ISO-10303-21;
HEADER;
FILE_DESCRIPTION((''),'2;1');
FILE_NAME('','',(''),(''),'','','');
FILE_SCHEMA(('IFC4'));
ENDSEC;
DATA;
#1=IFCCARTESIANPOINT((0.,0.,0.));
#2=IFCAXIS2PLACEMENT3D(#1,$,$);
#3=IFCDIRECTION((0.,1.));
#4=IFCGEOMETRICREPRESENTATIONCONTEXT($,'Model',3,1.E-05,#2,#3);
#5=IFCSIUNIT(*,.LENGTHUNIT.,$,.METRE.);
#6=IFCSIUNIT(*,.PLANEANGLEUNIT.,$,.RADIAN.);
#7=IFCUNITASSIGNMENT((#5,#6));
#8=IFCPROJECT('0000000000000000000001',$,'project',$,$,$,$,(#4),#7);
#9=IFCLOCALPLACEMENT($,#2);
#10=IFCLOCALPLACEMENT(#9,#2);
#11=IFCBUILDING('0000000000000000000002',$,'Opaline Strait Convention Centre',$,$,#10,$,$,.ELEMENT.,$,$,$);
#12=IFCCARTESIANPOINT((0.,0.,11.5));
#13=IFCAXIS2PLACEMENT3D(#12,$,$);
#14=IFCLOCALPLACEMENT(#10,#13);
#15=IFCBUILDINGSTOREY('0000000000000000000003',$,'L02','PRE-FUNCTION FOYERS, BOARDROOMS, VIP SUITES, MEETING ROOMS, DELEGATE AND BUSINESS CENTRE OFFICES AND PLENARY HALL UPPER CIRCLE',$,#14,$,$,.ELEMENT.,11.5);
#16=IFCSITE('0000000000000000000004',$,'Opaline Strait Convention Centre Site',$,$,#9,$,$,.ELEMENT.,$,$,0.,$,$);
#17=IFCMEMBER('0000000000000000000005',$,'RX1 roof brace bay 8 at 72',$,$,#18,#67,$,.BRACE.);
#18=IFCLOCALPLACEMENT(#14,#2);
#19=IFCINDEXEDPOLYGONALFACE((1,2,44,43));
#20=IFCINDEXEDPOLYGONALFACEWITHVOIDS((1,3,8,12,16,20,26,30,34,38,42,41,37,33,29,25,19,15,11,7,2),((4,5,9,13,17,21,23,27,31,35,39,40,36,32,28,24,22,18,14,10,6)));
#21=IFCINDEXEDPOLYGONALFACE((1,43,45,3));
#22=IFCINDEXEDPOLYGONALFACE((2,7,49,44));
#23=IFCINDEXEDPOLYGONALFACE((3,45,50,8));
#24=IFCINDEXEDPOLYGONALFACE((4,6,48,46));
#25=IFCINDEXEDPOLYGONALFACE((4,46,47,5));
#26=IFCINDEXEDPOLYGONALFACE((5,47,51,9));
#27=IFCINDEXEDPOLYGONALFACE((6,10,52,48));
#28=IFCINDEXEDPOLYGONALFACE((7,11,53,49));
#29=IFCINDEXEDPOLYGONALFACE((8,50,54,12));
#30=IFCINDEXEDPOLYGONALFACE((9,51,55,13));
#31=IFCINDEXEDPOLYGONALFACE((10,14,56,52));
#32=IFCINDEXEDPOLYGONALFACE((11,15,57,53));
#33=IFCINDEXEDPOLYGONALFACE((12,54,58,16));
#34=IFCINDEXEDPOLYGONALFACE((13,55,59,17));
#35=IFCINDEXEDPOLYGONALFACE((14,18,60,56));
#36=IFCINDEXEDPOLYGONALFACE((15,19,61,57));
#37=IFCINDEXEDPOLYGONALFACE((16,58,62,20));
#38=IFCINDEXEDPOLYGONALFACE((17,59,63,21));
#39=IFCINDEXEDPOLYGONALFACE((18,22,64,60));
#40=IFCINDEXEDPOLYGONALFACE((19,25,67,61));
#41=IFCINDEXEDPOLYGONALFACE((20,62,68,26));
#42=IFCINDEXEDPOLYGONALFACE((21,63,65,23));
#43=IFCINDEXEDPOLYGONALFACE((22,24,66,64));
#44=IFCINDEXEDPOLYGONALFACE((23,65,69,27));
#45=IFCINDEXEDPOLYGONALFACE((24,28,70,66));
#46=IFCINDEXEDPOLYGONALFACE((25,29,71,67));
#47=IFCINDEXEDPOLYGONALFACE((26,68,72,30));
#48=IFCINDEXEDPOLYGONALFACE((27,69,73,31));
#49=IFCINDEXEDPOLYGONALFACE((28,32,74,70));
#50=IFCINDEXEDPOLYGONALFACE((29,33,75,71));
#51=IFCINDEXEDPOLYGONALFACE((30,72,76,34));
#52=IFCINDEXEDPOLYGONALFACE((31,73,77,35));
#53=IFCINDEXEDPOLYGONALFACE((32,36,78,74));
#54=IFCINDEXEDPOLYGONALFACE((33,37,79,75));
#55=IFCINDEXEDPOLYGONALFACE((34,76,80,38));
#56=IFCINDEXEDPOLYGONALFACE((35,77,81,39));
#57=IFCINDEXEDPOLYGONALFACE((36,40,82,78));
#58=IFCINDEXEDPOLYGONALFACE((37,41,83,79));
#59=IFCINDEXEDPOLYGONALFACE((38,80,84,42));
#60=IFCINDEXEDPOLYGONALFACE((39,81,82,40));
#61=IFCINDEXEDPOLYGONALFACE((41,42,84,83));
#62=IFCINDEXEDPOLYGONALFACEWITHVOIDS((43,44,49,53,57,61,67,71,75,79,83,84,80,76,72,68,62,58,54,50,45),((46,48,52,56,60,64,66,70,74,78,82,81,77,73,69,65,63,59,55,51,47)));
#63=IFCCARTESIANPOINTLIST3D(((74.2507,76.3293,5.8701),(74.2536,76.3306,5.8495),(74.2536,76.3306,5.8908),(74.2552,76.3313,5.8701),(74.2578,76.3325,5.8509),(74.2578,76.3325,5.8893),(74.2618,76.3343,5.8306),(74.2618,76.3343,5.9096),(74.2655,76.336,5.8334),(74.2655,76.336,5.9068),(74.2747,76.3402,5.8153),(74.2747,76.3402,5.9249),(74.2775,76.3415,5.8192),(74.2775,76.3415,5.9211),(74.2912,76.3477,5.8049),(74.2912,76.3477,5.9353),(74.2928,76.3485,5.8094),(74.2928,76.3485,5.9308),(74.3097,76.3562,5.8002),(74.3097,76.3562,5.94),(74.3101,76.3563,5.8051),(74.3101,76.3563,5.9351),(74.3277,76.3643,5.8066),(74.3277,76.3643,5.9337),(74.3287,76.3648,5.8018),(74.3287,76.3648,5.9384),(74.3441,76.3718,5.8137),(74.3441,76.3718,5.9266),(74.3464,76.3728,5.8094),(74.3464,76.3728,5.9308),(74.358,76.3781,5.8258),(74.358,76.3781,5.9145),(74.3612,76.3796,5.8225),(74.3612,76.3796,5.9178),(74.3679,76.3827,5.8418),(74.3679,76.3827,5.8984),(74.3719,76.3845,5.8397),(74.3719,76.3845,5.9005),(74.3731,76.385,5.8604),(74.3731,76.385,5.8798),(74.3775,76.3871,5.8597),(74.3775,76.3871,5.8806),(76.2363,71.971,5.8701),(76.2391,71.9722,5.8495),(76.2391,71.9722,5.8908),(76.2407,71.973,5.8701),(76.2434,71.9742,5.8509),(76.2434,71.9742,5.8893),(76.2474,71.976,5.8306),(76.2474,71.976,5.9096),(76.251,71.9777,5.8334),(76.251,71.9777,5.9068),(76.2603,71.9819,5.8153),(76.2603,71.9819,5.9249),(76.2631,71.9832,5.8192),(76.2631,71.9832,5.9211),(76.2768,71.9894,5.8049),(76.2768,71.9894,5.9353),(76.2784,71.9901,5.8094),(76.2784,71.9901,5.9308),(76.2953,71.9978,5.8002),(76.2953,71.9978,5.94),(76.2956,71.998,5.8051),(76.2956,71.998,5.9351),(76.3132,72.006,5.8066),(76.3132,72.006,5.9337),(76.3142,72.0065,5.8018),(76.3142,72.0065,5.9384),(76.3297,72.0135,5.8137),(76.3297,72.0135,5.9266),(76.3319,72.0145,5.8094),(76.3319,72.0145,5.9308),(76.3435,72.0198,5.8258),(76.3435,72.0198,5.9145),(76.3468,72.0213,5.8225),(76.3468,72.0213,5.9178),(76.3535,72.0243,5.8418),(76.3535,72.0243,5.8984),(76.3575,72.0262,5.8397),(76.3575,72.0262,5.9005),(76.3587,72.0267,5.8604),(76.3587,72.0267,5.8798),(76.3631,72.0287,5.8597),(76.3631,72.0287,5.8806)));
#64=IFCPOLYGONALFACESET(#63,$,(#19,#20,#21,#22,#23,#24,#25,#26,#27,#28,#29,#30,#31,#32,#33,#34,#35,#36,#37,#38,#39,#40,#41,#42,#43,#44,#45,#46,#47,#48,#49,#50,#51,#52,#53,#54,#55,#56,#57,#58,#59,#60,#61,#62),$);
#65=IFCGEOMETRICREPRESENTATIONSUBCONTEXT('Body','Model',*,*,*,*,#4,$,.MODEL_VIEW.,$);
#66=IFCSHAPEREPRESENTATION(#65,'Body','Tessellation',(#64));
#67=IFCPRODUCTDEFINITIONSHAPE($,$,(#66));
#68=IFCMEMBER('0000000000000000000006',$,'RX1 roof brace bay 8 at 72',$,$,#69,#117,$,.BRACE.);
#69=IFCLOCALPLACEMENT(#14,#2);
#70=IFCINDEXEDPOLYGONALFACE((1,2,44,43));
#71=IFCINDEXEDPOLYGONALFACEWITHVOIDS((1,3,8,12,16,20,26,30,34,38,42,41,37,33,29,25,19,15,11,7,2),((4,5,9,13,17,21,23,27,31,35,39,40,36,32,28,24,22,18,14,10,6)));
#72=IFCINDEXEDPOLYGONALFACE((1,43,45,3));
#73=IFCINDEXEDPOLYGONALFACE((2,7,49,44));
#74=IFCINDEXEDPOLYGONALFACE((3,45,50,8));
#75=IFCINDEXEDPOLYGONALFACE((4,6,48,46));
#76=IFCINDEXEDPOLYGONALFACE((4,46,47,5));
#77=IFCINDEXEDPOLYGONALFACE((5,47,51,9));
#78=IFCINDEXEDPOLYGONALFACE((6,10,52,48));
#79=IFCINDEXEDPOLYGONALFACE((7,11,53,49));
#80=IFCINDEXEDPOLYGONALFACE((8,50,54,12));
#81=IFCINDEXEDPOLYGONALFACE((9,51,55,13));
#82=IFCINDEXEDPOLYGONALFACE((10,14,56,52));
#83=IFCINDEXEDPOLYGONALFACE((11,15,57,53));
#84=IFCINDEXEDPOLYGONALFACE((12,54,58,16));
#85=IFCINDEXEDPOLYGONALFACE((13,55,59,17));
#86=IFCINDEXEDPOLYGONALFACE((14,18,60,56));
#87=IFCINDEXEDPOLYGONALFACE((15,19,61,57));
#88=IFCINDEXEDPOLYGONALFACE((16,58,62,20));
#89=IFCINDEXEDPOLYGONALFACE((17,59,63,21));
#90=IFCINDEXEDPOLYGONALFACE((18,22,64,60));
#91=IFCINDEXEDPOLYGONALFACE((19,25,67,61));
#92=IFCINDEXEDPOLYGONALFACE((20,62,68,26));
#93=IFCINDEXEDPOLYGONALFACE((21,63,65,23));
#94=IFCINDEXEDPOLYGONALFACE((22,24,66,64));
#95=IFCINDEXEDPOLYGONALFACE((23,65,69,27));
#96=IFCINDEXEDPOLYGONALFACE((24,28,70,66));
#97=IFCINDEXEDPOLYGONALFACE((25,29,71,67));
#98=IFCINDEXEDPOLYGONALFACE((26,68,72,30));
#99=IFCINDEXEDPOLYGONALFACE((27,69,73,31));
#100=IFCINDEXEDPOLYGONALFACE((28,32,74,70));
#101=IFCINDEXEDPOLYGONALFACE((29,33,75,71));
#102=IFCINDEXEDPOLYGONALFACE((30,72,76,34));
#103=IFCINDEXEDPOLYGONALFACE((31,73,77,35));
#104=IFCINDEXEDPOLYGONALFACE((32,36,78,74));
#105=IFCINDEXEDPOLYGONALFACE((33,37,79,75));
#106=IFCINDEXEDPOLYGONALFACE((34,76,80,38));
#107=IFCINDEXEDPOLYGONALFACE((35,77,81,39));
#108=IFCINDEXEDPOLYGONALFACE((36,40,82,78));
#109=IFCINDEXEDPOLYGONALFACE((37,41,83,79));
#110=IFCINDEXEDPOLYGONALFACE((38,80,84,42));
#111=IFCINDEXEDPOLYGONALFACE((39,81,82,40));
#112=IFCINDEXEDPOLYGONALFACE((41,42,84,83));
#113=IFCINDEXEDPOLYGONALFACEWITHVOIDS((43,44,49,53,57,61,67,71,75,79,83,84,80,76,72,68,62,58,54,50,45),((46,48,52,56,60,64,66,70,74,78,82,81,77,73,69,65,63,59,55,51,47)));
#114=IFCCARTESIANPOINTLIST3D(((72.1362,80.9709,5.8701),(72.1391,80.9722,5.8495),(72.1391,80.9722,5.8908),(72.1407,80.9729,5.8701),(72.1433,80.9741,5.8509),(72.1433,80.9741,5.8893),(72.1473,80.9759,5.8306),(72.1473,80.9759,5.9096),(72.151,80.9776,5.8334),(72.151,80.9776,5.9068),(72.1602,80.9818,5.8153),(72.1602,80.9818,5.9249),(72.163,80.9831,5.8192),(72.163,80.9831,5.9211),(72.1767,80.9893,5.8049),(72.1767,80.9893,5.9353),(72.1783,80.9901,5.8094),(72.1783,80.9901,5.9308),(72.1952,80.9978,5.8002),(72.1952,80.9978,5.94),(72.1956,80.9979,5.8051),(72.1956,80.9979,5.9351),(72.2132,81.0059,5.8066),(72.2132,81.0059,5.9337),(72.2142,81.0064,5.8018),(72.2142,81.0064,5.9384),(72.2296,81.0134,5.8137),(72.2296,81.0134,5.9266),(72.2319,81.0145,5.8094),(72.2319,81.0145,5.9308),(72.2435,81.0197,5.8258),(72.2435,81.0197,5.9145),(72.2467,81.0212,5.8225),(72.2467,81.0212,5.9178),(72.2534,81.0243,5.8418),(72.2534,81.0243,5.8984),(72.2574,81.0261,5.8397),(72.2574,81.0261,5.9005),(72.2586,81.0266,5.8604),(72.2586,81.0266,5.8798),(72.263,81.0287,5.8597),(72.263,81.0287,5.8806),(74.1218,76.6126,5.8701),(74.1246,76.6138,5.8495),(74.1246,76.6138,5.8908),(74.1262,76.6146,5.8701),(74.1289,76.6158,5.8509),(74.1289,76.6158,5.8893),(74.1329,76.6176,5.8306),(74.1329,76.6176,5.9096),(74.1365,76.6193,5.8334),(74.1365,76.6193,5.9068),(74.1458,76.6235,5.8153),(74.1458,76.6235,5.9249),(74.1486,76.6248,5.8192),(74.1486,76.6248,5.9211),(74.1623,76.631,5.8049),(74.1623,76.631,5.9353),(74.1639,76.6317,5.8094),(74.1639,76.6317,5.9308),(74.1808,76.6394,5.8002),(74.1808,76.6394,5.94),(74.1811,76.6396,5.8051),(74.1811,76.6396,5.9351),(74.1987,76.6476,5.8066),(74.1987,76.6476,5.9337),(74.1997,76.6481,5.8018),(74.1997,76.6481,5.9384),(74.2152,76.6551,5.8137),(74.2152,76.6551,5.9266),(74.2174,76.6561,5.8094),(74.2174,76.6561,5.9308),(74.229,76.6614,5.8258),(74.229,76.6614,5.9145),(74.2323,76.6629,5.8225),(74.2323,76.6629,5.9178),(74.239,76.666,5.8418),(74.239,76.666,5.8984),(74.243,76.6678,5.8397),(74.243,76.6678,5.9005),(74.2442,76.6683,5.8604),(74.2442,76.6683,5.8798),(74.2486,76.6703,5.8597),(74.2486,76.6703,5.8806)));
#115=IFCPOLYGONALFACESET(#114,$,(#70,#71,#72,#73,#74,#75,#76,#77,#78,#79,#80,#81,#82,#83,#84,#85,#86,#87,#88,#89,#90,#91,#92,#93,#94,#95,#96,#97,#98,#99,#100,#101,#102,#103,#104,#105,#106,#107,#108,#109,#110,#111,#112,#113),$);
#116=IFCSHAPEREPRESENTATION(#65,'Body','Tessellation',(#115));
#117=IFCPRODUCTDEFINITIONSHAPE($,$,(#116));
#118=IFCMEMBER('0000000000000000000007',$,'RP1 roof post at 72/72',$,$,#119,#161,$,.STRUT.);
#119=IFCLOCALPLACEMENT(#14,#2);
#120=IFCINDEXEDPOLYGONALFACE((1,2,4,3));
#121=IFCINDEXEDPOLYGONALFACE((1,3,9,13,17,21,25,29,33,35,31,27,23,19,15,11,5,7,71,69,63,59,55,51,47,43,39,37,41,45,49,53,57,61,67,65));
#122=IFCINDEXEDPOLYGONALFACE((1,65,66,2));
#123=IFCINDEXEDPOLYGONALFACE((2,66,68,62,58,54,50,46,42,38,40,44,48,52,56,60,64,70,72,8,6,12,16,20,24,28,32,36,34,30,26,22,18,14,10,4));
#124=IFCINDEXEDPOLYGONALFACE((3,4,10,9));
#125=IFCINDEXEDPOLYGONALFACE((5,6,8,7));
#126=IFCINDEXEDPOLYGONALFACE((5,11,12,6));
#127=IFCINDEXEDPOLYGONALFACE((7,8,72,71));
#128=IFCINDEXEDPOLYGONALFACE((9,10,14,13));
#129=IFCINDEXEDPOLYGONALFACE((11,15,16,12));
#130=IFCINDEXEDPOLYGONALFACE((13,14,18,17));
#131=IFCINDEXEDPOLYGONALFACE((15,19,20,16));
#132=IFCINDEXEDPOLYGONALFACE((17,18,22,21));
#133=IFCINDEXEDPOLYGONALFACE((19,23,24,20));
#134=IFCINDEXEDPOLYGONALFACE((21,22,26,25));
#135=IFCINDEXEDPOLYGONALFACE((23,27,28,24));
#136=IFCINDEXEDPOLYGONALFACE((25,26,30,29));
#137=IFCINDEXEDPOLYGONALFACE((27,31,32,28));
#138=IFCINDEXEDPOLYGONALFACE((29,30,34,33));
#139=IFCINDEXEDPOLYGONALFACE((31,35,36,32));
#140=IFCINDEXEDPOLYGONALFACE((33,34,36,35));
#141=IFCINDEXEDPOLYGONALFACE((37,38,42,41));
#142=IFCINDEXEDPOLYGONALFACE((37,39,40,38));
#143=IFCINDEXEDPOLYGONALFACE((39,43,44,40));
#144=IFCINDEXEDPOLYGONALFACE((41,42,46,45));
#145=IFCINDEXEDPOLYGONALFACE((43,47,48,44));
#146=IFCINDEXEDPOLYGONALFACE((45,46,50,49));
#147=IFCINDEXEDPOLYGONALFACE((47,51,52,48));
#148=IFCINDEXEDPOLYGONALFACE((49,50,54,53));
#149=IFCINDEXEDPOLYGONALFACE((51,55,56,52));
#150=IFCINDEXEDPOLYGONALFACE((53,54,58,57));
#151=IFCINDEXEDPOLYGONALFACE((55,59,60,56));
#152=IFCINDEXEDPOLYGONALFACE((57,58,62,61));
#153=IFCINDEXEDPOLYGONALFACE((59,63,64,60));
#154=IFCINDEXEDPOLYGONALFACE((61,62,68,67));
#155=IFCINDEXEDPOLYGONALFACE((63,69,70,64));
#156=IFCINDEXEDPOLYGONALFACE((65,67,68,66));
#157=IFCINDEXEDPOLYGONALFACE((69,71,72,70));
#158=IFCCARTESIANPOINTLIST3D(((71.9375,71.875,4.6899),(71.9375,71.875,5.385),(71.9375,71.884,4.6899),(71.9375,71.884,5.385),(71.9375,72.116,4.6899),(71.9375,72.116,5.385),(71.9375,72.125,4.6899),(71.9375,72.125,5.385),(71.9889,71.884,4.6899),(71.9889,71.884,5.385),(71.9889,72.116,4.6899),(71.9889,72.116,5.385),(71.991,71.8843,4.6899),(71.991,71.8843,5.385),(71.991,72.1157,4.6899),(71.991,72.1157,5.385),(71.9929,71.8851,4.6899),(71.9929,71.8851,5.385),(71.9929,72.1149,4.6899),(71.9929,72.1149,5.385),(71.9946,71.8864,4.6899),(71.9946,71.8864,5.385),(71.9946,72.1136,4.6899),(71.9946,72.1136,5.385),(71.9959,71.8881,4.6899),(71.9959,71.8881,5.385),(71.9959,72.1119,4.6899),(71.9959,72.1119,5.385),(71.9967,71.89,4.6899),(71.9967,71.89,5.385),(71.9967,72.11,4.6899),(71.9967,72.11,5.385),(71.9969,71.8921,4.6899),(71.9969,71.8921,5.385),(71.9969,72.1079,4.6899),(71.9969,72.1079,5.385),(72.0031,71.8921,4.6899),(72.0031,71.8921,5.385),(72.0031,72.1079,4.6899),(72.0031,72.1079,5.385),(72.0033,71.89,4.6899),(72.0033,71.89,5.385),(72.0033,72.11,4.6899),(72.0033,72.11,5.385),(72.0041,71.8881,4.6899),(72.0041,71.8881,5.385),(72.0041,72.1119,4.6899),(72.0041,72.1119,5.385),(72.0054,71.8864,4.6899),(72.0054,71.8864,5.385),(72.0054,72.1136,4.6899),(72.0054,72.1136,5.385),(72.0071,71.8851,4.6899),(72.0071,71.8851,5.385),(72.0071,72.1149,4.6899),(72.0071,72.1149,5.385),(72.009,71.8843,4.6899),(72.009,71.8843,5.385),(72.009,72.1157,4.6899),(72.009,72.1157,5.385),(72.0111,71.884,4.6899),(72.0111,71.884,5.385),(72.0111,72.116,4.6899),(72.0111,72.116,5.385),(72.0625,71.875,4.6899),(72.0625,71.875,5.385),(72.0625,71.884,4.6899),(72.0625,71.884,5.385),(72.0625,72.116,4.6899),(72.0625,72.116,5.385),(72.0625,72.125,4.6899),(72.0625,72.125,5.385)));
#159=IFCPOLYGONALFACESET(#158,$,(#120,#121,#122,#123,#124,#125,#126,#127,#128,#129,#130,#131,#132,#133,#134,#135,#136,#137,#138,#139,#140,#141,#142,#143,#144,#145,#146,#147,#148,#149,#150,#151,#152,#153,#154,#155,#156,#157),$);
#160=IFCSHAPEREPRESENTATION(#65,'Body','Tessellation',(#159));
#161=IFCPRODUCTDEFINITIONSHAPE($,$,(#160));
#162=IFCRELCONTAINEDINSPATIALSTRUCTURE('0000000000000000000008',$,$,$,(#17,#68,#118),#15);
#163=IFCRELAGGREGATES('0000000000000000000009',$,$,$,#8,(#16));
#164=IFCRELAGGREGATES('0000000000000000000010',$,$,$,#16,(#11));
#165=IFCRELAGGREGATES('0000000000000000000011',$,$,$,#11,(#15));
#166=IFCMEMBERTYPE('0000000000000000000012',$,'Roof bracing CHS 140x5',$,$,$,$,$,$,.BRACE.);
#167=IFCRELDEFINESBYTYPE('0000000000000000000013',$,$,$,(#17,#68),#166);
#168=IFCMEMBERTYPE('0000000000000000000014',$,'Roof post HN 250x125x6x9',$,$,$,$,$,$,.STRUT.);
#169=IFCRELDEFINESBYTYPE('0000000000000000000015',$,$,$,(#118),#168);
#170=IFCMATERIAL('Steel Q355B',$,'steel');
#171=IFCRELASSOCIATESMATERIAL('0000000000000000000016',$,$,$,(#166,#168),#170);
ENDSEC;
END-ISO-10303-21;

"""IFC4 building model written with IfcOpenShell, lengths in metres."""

from ifc_helpers import new_model, si_unit, direction, frame, origin, origin_2d, place, context, subcontext, project, spatial, hollow_circle, i_section, extrude, material, material_profile, profile_set, type_object, element, save


model = new_model("IFC4")

# Units and contexts
model_context = context("Model", 3, precision=1e-05, world=origin(), true_north=direction((0.0, 1.0)))
body_context = subcontext(model_context, "Body", "Model", "MODEL_VIEW")
ifc_project = project(units=[si_unit("LENGTHUNIT", "METRE"), si_unit("PLANEANGLEUNIT", "RADIAN")], contexts=[model_context])

# Site, building, storey
site_placement = place(None, origin())
site = spatial("IfcSite", under=ifc_project, at=site_placement, Name="Opaline Strait Convention Centre Site", CompositionType="ELEMENT", RefElevation=0.0)
building_placement = place(site_placement, origin())
building = spatial("IfcBuilding", under=site, at=building_placement, Name="Opaline Strait Convention Centre", CompositionType="ELEMENT")
storey_placement = place(building_placement, frame((0.0, 0.0, 11.5)))
storey = spatial("IfcBuildingStorey", under=building, at=storey_placement, Name="L02", Description="PRE-FUNCTION FOYERS, BOARDROOMS, VIP SUITES, MEETING ROOMS, DELEGATE AND BUSINESS CENTRE OFFICES AND PLENARY HALL UPPER CIRCLE", CompositionType="ELEMENT", Elevation=11.5)

# Shared definitions
ifc_material_1 = material(Name="Steel Q355B", Category="steel")

# Members
ifc_material_profile_1 = material_profile(ifc_material_1, hollow_circle(Radius=0.0701, WallThickness=0.0049, at=origin_2d()), Name="CHS 140x5")
ifc_profile_set_1 = profile_set([ifc_material_profile_1], Name="Steel Q355B")
member_type_1 = type_object("IfcMemberType", Name="Roof bracing CHS 140x5", PredefinedType="BRACE", material=ifc_profile_set_1)
for number, where, z_axis, x_axis, name in (
    (1, (76.3, 72.0, 5.8701), (-0.414582, 0.910012, 0.0), (-0.910012, -0.414582, 0.0), "RX1 roof brace bay 8 at 72"),
    (2, (74.1855, 76.6416, 5.8701), (-0.414582, 0.910012, 0.0), (-0.910012, -0.414582, 0.0), "RX1 roof brace bay 8 at 72"),
):
    element("IfcMember", number, at=place(storey_placement, frame(where, z_axis=z_axis, x_axis=x_axis)), inside=storey, type_object=member_type_1, Name=name, PredefinedType="BRACE", context=body_context, shape_type="SweptSolid", body=[
        extrude(hollow_circle(Radius=0.0701, WallThickness=0.0049, at=origin_2d()), origin(), (0.0, 0.0, 1.0), 4.7893),
    ])
ifc_material_profile_2 = material_profile(ifc_material_1, i_section(OverallWidth=0.125, OverallDepth=0.25, WebThickness=0.0061, FlangeThickness=0.009, FilletRadius=0.0081, at=origin_2d()), Name="HN 250x125x6x9")
ifc_profile_set_2 = profile_set([ifc_material_profile_2], Name="Steel Q355B")
member_type_2 = type_object("IfcMemberType", Name="Roof post HN 250x125x6x9", PredefinedType="STRUT", material=ifc_profile_set_2)
member_1_placement = place(storey_placement, frame((72.0, 72.0, 4.6899), z_axis=(0.0, 0.0, 1.0), x_axis=(1.0, 0.0, 0.0)))
element("IfcMember", 3, at=member_1_placement, inside=storey, type_object=member_type_2, Name="RP1 roof post at 72/72", PredefinedType="STRUT", context=body_context, shape_type="SweptSolid", body=[
    extrude(i_section(OverallWidth=0.125, OverallDepth=0.25, WebThickness=0.0061, FlangeThickness=0.009, FilletRadius=0.0081, at=origin_2d()), origin(), (0.0, 0.0, 1.0), 0.6951),
])

save(model, "model.ifc")
